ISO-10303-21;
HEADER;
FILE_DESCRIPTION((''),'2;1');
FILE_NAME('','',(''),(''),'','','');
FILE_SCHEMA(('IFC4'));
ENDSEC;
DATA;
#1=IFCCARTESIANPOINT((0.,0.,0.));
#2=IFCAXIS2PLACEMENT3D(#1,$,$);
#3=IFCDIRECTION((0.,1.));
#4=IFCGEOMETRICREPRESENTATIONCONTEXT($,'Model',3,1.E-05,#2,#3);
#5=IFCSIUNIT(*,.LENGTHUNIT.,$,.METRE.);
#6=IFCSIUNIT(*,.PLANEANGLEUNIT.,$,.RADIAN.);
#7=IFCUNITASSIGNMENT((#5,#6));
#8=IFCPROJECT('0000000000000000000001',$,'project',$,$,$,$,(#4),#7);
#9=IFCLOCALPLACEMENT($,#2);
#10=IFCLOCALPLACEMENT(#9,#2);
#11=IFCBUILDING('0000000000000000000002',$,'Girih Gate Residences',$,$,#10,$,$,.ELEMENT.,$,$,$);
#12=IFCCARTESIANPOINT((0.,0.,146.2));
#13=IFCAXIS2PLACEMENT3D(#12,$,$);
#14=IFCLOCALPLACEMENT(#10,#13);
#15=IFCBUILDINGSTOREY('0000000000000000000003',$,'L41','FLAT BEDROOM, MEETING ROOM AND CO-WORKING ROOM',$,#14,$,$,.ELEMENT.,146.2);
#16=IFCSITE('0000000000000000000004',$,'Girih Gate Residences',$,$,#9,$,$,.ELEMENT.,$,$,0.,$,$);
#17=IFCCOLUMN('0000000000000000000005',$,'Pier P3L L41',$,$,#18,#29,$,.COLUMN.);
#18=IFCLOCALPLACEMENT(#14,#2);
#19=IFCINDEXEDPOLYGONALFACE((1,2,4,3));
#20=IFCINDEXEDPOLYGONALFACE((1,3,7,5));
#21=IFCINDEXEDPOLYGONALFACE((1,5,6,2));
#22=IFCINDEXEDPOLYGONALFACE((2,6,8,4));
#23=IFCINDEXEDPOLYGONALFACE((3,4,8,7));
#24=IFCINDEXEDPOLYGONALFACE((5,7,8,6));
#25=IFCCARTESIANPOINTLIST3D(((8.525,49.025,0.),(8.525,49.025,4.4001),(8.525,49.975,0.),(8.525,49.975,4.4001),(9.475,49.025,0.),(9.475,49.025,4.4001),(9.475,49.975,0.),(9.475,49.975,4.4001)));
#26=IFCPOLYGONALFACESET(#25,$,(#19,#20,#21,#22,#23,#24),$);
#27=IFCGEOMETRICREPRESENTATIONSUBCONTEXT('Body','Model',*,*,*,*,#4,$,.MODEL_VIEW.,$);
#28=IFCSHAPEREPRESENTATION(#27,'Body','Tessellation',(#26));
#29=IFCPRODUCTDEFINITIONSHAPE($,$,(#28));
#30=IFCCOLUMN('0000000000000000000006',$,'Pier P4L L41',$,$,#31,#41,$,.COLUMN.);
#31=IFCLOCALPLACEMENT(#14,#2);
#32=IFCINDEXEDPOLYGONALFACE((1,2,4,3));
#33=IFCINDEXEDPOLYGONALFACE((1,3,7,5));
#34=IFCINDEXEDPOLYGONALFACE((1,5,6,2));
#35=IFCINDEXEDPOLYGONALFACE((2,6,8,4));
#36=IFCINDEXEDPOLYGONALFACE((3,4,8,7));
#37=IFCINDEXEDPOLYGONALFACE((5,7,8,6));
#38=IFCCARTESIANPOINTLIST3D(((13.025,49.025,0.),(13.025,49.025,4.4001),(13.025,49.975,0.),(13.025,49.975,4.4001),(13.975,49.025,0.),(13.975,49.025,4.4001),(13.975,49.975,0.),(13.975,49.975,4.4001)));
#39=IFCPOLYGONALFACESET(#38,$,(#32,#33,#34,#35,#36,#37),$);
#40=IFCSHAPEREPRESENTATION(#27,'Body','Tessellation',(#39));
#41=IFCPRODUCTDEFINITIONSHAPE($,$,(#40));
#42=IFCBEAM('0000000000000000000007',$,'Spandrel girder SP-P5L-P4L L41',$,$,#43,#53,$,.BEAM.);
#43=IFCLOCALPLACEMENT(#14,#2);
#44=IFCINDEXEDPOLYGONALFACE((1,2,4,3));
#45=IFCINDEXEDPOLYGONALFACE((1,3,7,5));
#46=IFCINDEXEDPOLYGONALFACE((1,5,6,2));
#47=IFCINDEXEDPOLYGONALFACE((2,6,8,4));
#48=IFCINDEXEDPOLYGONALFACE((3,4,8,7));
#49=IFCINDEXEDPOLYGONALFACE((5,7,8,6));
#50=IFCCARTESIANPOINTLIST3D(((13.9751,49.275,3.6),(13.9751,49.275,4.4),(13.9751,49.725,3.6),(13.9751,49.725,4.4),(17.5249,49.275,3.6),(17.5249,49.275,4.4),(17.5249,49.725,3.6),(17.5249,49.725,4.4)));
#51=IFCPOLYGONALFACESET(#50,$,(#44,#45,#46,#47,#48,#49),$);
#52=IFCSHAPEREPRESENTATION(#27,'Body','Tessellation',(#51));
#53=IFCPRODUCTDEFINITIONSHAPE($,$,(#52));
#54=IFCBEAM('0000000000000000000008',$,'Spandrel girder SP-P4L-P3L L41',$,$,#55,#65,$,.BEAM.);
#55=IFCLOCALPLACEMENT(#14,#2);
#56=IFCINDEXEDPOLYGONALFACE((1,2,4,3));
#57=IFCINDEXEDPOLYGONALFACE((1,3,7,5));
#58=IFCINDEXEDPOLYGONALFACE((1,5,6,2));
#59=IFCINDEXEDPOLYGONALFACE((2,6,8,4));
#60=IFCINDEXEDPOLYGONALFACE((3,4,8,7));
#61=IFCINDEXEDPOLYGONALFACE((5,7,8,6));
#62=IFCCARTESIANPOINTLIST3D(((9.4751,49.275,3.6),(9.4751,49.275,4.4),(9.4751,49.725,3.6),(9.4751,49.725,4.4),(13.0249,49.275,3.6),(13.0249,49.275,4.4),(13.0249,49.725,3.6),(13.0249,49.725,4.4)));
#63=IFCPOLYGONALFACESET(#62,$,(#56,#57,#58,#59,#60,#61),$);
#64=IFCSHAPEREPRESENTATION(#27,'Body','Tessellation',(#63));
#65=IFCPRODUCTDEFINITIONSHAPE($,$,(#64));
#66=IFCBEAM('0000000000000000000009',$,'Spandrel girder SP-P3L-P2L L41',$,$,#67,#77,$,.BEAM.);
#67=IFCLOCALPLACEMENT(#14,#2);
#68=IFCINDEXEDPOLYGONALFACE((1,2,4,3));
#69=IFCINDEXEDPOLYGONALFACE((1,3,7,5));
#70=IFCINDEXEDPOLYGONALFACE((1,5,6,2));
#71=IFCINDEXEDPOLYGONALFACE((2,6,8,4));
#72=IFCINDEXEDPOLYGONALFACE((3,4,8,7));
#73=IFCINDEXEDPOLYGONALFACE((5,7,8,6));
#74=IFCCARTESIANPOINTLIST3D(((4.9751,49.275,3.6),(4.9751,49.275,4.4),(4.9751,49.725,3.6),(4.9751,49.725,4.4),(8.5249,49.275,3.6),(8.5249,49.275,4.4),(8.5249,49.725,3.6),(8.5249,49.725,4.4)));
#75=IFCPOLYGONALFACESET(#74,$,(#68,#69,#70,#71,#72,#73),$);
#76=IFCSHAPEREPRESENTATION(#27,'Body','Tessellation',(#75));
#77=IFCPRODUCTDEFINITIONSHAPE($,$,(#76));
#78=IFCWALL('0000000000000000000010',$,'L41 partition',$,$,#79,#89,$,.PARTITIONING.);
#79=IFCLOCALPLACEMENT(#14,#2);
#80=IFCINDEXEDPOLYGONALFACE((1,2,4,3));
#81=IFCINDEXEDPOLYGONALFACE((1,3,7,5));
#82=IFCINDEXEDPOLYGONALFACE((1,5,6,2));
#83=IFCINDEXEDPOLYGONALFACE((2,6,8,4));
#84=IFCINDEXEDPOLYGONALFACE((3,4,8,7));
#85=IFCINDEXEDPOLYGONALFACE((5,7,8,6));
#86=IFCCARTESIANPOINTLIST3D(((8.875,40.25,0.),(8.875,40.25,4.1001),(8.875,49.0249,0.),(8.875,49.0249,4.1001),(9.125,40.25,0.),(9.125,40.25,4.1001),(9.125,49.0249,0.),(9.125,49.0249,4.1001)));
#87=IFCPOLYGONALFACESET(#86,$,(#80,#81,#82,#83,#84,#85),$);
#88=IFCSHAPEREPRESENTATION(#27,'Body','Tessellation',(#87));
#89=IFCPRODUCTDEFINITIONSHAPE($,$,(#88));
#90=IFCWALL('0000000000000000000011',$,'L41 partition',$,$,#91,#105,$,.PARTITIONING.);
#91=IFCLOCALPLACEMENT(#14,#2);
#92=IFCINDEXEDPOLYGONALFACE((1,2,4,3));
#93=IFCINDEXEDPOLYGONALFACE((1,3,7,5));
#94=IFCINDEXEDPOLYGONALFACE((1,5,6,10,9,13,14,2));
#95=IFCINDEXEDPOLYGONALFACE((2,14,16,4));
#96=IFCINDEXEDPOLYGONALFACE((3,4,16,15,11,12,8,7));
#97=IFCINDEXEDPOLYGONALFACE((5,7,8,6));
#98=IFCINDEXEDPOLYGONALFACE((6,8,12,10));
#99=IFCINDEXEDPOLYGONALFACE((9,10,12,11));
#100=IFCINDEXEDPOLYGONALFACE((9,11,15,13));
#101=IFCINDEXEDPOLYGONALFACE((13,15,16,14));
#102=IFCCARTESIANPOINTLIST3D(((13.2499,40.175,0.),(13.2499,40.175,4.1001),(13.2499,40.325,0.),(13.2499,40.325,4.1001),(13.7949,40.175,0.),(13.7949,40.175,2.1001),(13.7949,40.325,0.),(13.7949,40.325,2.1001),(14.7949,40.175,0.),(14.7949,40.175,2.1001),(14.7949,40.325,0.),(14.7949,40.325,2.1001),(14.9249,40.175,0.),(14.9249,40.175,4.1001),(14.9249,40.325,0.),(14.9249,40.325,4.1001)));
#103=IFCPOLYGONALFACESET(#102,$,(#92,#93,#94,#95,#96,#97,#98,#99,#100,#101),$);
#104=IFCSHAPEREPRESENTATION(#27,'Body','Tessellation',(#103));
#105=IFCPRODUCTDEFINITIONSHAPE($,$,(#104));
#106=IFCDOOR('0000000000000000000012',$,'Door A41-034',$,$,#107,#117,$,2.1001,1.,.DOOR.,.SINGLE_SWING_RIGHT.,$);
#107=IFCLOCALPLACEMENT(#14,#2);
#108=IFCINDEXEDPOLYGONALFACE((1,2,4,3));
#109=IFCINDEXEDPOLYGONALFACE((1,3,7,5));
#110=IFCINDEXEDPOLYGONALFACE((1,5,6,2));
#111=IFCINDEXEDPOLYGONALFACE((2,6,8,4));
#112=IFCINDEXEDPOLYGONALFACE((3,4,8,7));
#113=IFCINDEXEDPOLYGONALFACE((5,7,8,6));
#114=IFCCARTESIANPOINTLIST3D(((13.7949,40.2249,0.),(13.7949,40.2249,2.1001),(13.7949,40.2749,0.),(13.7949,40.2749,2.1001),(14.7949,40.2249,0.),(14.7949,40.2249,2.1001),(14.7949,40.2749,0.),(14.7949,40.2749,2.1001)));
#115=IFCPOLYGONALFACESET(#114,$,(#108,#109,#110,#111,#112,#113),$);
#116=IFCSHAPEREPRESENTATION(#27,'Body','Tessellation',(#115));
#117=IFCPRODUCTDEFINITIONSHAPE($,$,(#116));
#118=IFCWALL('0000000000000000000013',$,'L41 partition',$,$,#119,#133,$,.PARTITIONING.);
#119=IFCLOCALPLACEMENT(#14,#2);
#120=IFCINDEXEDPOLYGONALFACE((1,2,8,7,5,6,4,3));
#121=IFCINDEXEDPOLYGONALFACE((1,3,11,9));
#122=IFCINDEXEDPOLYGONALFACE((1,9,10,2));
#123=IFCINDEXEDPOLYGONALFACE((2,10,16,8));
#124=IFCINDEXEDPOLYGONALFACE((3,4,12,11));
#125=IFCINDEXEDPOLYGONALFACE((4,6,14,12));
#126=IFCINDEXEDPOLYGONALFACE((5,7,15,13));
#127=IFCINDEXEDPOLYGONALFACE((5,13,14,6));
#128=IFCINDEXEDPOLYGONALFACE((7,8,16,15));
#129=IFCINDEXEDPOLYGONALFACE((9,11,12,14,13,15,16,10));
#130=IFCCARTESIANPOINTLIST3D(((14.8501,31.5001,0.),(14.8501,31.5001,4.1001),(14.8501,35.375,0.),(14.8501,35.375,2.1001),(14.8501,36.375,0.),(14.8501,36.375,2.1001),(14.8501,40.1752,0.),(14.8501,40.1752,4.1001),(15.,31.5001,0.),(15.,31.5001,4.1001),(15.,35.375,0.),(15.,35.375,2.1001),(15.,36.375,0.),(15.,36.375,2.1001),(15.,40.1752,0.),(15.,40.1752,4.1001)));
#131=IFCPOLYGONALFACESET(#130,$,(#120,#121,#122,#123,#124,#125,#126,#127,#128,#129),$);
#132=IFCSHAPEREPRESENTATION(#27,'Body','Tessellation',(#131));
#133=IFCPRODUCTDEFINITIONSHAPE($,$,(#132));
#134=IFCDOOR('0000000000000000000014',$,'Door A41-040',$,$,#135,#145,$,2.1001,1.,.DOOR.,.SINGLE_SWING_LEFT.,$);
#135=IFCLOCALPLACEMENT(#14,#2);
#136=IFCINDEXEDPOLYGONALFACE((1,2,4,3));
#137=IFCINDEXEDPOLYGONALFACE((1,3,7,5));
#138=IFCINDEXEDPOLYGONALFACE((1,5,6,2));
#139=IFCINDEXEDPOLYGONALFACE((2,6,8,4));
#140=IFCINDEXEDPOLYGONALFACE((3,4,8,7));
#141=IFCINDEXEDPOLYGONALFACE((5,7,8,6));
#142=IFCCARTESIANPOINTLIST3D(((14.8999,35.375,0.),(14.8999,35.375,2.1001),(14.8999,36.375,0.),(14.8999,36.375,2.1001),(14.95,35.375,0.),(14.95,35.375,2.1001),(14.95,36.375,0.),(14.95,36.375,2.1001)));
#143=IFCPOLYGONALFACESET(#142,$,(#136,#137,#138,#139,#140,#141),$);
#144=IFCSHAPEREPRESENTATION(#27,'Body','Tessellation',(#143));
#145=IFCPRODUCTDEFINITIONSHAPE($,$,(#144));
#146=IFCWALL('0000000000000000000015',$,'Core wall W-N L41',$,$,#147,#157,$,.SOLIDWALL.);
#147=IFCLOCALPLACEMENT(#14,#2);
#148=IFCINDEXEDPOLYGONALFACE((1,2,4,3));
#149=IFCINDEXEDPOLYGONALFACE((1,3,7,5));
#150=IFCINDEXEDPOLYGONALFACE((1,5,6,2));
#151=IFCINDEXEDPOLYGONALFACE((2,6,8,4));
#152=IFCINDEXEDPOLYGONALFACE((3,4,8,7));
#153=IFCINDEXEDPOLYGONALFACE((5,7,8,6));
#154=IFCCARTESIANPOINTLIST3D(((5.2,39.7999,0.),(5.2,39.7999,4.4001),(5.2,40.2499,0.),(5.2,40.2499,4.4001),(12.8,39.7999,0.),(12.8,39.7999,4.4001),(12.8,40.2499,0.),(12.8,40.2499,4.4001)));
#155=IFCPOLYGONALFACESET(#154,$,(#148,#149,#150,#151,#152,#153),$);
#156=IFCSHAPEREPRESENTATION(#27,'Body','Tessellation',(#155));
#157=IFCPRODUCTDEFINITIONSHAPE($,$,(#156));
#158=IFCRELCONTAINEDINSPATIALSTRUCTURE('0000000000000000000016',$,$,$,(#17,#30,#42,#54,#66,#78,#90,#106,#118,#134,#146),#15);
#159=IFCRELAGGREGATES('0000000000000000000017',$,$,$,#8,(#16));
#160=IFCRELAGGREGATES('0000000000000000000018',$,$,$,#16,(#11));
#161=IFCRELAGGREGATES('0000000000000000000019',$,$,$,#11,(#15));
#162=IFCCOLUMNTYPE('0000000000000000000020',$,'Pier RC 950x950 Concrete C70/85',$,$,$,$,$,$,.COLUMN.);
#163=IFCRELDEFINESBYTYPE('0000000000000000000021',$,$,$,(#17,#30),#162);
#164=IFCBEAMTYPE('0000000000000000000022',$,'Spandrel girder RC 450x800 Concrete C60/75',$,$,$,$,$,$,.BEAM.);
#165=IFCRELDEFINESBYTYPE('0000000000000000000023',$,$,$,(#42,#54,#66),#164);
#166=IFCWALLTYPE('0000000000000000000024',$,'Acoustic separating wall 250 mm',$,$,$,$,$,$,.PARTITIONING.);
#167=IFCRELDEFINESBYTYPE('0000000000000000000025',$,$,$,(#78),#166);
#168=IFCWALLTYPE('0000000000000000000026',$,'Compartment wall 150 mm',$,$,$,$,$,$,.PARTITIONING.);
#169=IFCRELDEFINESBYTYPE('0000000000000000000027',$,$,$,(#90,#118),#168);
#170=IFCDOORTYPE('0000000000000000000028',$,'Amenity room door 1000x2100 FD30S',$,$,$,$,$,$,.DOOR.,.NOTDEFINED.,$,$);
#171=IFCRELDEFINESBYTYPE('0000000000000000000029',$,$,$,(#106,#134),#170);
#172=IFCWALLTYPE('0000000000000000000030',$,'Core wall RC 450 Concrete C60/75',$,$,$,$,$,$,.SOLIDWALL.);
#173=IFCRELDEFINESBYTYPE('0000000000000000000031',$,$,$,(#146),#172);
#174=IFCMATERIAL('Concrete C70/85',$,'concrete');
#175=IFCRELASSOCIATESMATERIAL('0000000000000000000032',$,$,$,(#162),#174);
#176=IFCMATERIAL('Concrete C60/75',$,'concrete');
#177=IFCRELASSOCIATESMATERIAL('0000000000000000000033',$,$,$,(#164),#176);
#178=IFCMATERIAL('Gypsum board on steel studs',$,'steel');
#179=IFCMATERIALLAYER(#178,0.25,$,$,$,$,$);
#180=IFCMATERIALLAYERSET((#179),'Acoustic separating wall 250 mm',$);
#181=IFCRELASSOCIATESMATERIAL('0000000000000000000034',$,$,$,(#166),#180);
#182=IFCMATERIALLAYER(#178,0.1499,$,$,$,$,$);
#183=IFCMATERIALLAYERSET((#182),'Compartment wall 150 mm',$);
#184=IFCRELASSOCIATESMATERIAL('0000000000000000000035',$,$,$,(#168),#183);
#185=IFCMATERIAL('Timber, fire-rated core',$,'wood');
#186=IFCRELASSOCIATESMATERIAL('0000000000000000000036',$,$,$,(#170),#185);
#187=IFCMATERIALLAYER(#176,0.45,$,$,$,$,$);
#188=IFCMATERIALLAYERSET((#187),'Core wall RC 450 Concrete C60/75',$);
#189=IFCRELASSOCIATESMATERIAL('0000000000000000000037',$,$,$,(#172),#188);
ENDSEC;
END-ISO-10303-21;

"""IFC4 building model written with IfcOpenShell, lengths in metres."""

from ifc_helpers import new_model, si_unit, direction, frame, frame_2d, origin, origin_2d, place, context, subcontext, project, spatial, rectangle, extrude, material, layer, layer_set, material_profile, profile_set, type_object, element, fill, save


model = new_model("IFC4")

# Units and contexts
model_context = context("Model", 3, precision=1e-05, world=origin(), true_north=direction((0.0, 1.0)))
body_context = subcontext(model_context, "Body", "Model", "MODEL_VIEW")
ifc_project = project(units=[si_unit("LENGTHUNIT", "METRE"), si_unit("PLANEANGLEUNIT", "RADIAN")], contexts=[model_context])

# Site, building, storey
site_placement = place(None, origin())
site = spatial("IfcSite", under=ifc_project, at=site_placement, Name="Girih Gate Residences", CompositionType="ELEMENT", RefElevation=0.0)
building_placement = place(site_placement, origin())
building = spatial("IfcBuilding", under=site, at=building_placement, Name="Girih Gate Residences", CompositionType="ELEMENT")
storey_placement = place(building_placement, frame((0.0, 0.0, 146.2)))
storey = spatial("IfcBuildingStorey", under=building, at=storey_placement, Name="L41", Description="FLAT BEDROOM, MEETING ROOM AND CO-WORKING ROOM", CompositionType="ELEMENT", Elevation=146.2)

# Columns
ifc_material_1 = material(Name="Concrete C70/85", Category="concrete")
ifc_material_profile_1 = material_profile(ifc_material_1, rectangle(XDim=0.95, YDim=0.95, at=origin_2d()))
ifc_profile_set_1 = profile_set([ifc_material_profile_1], Name="Concrete C70/85")
column_type = type_object("IfcColumnType", Name="Pier RC 950x950 Concrete C70/85", PredefinedType="COLUMN", material=ifc_profile_set_1)
for number, where, z_axis, x_axis, name in (
    (1, (9.0, 49.5, 0.0), (0.0, 0.0, 1.0), (1.0, 0.0, 0.0), "Pier P3L L41"),
    (2, (13.5, 49.5, 0.0), (0.0, 0.0, 1.0), (1.0, 0.0, 0.0), "Pier P4L L41"),
):
    element("IfcColumn", number, at=place(storey_placement, frame(where, z_axis=z_axis, x_axis=x_axis)), inside=storey, type_object=column_type, Name=name, PredefinedType="COLUMN", context=body_context, shape_type="SweptSolid", body=[
        extrude(rectangle(XDim=0.95, YDim=0.95, at=origin_2d()), origin(), (0.0, 0.0, 1.0), 4.4001),
    ])

# Beams
ifc_material_2 = material(Name="Concrete C60/75", Category="concrete")
ifc_material_profile_2 = material_profile(ifc_material_2, rectangle(XDim=0.45, YDim=0.8, at=origin_2d()))
ifc_profile_set_2 = profile_set([ifc_material_profile_2], Name="Concrete C60/75")
beam_type = type_object("IfcBeamType", Name="Spandrel girder RC 450x800 Concrete C60/75", PredefinedType="BEAM", material=ifc_profile_set_2)
for number, where, z_axis, x_axis, name in (
    (3, (17.5249, 49.5, 4.0), (-1.0, 0.0, 0.0), (0.0, -1.0, 0.0), "Spandrel girder SP-P5L-P4L L41"),
    (4, (13.0249, 49.5, 4.0), (-1.0, 0.0, 0.0), (0.0, -1.0, 0.0), "Spandrel girder SP-P4L-P3L L41"),
    (5, (8.5249, 49.5, 4.0), (-1.0, 0.0, 0.0), (0.0, -1.0, 0.0), "Spandrel girder SP-P3L-P2L L41"),
):
    element("IfcBeam", number, at=place(storey_placement, frame(where, z_axis=z_axis, x_axis=x_axis)), inside=storey, type_object=beam_type, Name=name, PredefinedType="BEAM", context=body_context, shape_type="SweptSolid", body=[
        extrude(rectangle(XDim=0.45, YDim=0.8, at=origin_2d()), origin(), (0.0, 0.0, 1.0), 3.5498),
    ])

# Wall
ifc_material_3 = material(Name="Gypsum board on steel studs", Category="steel")
ifc_layer_1 = layer(ifc_material_3, 0.25)
ifc_layer_set_1 = layer_set([ifc_layer_1], Name="Acoustic separating wall 250 mm")
wall_type_1 = type_object("IfcWallType", Name="Acoustic separating wall 250 mm", PredefinedType="PARTITIONING", material=ifc_layer_set_1)
wall_1_placement = place(storey_placement, frame((9.0, 40.25, 0.0), z_axis=(0.0, 0.0, 1.0), x_axis=(0.0, 1.0, 0.0)))
element("IfcWall", 6, at=wall_1_placement, inside=storey, type_object=wall_type_1, Name="L41 partition", PredefinedType="PARTITIONING", context=body_context, shape_type="SweptSolid", body=[
    extrude(rectangle(XDim=8.7749, YDim=0.25, at=frame_2d((4.3875, 0.0))), origin(), (0.0, 0.0, 1.0), 4.1001),
])

# Walls, openings, doors
ifc_layer_2 = layer(ifc_material_3, 0.1499)
ifc_layer_set_2 = layer_set([ifc_layer_2], Name="Compartment wall 150 mm")
wall_type_2 = type_object("IfcWallType", Name="Compartment wall 150 mm", PredefinedType="PARTITIONING", material=ifc_layer_set_2)
wall_2_placement = place(storey_placement, frame((13.25, 40.25, 0.0), z_axis=(0.0, 0.0, 1.0), x_axis=(1.0, 0.0, 0.0)))
wall_2 = element("IfcWall", 7, at=wall_2_placement, inside=storey, type_object=wall_type_2, Name="L41 partition", PredefinedType="PARTITIONING", context=body_context, shape_type="SweptSolid", body=[
    extrude(rectangle(XDim=1.675, YDim=0.1499, at=frame_2d((0.8374, 0.0))), origin(), (0.0, 0.0, 1.0), 4.1001),
])
opening_1_placement = place(wall_2_placement, frame((0.5449, 0.0, 0.0)))
opening_1 = element("IfcOpeningElement", 8, at=opening_1_placement, cuts=wall_2, PredefinedType="OPENING", context=body_context, shape_type="SweptSolid", body=[
    extrude(rectangle(XDim=1.0, YDim=2.1001, at=frame_2d((0.5, 1.05))), frame((0.0, 0.085, 0.0), z_axis=(0.0, -1.0, 0.0), x_axis=(1.0, 0.0, 0.0)), (0.0, 0.0, 1.0), 0.1699),
])
ifc_material_4 = material(Name="Timber, fire-rated core", Category="wood")
door_type_1 = type_object("IfcDoorType", Name="Amenity room door 1000x2100 FD30S", OperationType="NOTDEFINED", PredefinedType="DOOR", material=ifc_material_4)
door_1_placement = place(opening_1_placement, origin())
door_1 = element("IfcDoor", 9, at=door_1_placement, inside=storey, type_object=door_type_1, Name="Door A41-034", OperationType="SINGLE_SWING_RIGHT", OverallHeight=2.1001, OverallWidth=1.0, PredefinedType="DOOR", context=body_context, shape_type="SweptSolid", body=[
    extrude(rectangle(XDim=1.0, YDim=2.1001, at=frame_2d((0.5, 1.05))), frame((0.0, 0.0249, 0.0), z_axis=(0.0, -1.0, 0.0), x_axis=(1.0, 0.0, 0.0)), (0.0, 0.0, 1.0), 0.05),
])
fill(opening_1, door_1)
wall_3_placement = place(storey_placement, frame((14.925, 40.175, 0.0), z_axis=(0.0, 0.0, 1.0), x_axis=(0.0, -1.0, 0.0)))
wall_3 = element("IfcWall", 10, at=wall_3_placement, inside=storey, type_object=wall_type_2, Name="L41 partition", PredefinedType="PARTITIONING", context=body_context, shape_type="SweptSolid", body=[
    extrude(rectangle(XDim=8.675, YDim=0.1499, at=frame_2d((4.3374, 0.0))), origin(), (0.0, 0.0, 1.0), 4.1001),
])
opening_2_placement = place(wall_3_placement, frame((3.8, 0.0, 0.0)))
opening_2 = element("IfcOpeningElement", 11, at=opening_2_placement, cuts=wall_3, PredefinedType="OPENING", context=body_context, shape_type="SweptSolid", body=[
    extrude(rectangle(XDim=1.0, YDim=2.1001, at=frame_2d((0.5, 1.05))), frame((0.0, 0.085, 0.0), z_axis=(0.0, -1.0, 0.0), x_axis=(1.0, 0.0, 0.0)), (0.0, 0.0, 1.0), 0.1699),
])
door_2_placement = place(opening_2_placement, origin())
door_2 = element("IfcDoor", 12, at=door_2_placement, inside=storey, type_object=door_type_1, Name="Door A41-040", OperationType="SINGLE_SWING_LEFT", OverallHeight=2.1001, OverallWidth=1.0, PredefinedType="DOOR", context=body_context, shape_type="SweptSolid", body=[
    extrude(rectangle(XDim=1.0, YDim=2.1001, at=frame_2d((0.5, 1.05))), frame((0.0, 0.0249, 0.0), z_axis=(0.0, -1.0, 0.0), x_axis=(1.0, 0.0, 0.0)), (0.0, 0.0, 1.0), 0.05),
])
fill(opening_2, door_2)

# Wall
ifc_layer_3 = layer(ifc_material_2, 0.45)
ifc_layer_set_3 = layer_set([ifc_layer_3], Name="Core wall RC 450 Concrete C60/75")
wall_type_3 = type_object("IfcWallType", Name="Core wall RC 450 Concrete C60/75", PredefinedType="SOLIDWALL", material=ifc_layer_set_3)
wall_4_placement = place(storey_placement, frame((5.2, 40.0249, 0.0), z_axis=(0.0, 0.0, 1.0), x_axis=(1.0, 0.0, 0.0)))
element("IfcWall", 13, at=wall_4_placement, inside=storey, type_object=wall_type_3, Name="Core wall W-N L41", PredefinedType="SOLIDWALL", context=body_context, shape_type="SweptSolid", body=[
    extrude(rectangle(XDim=7.6001, YDim=0.45, at=frame_2d((3.8, 0.0))), origin(), (0.0, 0.0, 1.0), 4.4001),
])

save(model, "model.ifc")
